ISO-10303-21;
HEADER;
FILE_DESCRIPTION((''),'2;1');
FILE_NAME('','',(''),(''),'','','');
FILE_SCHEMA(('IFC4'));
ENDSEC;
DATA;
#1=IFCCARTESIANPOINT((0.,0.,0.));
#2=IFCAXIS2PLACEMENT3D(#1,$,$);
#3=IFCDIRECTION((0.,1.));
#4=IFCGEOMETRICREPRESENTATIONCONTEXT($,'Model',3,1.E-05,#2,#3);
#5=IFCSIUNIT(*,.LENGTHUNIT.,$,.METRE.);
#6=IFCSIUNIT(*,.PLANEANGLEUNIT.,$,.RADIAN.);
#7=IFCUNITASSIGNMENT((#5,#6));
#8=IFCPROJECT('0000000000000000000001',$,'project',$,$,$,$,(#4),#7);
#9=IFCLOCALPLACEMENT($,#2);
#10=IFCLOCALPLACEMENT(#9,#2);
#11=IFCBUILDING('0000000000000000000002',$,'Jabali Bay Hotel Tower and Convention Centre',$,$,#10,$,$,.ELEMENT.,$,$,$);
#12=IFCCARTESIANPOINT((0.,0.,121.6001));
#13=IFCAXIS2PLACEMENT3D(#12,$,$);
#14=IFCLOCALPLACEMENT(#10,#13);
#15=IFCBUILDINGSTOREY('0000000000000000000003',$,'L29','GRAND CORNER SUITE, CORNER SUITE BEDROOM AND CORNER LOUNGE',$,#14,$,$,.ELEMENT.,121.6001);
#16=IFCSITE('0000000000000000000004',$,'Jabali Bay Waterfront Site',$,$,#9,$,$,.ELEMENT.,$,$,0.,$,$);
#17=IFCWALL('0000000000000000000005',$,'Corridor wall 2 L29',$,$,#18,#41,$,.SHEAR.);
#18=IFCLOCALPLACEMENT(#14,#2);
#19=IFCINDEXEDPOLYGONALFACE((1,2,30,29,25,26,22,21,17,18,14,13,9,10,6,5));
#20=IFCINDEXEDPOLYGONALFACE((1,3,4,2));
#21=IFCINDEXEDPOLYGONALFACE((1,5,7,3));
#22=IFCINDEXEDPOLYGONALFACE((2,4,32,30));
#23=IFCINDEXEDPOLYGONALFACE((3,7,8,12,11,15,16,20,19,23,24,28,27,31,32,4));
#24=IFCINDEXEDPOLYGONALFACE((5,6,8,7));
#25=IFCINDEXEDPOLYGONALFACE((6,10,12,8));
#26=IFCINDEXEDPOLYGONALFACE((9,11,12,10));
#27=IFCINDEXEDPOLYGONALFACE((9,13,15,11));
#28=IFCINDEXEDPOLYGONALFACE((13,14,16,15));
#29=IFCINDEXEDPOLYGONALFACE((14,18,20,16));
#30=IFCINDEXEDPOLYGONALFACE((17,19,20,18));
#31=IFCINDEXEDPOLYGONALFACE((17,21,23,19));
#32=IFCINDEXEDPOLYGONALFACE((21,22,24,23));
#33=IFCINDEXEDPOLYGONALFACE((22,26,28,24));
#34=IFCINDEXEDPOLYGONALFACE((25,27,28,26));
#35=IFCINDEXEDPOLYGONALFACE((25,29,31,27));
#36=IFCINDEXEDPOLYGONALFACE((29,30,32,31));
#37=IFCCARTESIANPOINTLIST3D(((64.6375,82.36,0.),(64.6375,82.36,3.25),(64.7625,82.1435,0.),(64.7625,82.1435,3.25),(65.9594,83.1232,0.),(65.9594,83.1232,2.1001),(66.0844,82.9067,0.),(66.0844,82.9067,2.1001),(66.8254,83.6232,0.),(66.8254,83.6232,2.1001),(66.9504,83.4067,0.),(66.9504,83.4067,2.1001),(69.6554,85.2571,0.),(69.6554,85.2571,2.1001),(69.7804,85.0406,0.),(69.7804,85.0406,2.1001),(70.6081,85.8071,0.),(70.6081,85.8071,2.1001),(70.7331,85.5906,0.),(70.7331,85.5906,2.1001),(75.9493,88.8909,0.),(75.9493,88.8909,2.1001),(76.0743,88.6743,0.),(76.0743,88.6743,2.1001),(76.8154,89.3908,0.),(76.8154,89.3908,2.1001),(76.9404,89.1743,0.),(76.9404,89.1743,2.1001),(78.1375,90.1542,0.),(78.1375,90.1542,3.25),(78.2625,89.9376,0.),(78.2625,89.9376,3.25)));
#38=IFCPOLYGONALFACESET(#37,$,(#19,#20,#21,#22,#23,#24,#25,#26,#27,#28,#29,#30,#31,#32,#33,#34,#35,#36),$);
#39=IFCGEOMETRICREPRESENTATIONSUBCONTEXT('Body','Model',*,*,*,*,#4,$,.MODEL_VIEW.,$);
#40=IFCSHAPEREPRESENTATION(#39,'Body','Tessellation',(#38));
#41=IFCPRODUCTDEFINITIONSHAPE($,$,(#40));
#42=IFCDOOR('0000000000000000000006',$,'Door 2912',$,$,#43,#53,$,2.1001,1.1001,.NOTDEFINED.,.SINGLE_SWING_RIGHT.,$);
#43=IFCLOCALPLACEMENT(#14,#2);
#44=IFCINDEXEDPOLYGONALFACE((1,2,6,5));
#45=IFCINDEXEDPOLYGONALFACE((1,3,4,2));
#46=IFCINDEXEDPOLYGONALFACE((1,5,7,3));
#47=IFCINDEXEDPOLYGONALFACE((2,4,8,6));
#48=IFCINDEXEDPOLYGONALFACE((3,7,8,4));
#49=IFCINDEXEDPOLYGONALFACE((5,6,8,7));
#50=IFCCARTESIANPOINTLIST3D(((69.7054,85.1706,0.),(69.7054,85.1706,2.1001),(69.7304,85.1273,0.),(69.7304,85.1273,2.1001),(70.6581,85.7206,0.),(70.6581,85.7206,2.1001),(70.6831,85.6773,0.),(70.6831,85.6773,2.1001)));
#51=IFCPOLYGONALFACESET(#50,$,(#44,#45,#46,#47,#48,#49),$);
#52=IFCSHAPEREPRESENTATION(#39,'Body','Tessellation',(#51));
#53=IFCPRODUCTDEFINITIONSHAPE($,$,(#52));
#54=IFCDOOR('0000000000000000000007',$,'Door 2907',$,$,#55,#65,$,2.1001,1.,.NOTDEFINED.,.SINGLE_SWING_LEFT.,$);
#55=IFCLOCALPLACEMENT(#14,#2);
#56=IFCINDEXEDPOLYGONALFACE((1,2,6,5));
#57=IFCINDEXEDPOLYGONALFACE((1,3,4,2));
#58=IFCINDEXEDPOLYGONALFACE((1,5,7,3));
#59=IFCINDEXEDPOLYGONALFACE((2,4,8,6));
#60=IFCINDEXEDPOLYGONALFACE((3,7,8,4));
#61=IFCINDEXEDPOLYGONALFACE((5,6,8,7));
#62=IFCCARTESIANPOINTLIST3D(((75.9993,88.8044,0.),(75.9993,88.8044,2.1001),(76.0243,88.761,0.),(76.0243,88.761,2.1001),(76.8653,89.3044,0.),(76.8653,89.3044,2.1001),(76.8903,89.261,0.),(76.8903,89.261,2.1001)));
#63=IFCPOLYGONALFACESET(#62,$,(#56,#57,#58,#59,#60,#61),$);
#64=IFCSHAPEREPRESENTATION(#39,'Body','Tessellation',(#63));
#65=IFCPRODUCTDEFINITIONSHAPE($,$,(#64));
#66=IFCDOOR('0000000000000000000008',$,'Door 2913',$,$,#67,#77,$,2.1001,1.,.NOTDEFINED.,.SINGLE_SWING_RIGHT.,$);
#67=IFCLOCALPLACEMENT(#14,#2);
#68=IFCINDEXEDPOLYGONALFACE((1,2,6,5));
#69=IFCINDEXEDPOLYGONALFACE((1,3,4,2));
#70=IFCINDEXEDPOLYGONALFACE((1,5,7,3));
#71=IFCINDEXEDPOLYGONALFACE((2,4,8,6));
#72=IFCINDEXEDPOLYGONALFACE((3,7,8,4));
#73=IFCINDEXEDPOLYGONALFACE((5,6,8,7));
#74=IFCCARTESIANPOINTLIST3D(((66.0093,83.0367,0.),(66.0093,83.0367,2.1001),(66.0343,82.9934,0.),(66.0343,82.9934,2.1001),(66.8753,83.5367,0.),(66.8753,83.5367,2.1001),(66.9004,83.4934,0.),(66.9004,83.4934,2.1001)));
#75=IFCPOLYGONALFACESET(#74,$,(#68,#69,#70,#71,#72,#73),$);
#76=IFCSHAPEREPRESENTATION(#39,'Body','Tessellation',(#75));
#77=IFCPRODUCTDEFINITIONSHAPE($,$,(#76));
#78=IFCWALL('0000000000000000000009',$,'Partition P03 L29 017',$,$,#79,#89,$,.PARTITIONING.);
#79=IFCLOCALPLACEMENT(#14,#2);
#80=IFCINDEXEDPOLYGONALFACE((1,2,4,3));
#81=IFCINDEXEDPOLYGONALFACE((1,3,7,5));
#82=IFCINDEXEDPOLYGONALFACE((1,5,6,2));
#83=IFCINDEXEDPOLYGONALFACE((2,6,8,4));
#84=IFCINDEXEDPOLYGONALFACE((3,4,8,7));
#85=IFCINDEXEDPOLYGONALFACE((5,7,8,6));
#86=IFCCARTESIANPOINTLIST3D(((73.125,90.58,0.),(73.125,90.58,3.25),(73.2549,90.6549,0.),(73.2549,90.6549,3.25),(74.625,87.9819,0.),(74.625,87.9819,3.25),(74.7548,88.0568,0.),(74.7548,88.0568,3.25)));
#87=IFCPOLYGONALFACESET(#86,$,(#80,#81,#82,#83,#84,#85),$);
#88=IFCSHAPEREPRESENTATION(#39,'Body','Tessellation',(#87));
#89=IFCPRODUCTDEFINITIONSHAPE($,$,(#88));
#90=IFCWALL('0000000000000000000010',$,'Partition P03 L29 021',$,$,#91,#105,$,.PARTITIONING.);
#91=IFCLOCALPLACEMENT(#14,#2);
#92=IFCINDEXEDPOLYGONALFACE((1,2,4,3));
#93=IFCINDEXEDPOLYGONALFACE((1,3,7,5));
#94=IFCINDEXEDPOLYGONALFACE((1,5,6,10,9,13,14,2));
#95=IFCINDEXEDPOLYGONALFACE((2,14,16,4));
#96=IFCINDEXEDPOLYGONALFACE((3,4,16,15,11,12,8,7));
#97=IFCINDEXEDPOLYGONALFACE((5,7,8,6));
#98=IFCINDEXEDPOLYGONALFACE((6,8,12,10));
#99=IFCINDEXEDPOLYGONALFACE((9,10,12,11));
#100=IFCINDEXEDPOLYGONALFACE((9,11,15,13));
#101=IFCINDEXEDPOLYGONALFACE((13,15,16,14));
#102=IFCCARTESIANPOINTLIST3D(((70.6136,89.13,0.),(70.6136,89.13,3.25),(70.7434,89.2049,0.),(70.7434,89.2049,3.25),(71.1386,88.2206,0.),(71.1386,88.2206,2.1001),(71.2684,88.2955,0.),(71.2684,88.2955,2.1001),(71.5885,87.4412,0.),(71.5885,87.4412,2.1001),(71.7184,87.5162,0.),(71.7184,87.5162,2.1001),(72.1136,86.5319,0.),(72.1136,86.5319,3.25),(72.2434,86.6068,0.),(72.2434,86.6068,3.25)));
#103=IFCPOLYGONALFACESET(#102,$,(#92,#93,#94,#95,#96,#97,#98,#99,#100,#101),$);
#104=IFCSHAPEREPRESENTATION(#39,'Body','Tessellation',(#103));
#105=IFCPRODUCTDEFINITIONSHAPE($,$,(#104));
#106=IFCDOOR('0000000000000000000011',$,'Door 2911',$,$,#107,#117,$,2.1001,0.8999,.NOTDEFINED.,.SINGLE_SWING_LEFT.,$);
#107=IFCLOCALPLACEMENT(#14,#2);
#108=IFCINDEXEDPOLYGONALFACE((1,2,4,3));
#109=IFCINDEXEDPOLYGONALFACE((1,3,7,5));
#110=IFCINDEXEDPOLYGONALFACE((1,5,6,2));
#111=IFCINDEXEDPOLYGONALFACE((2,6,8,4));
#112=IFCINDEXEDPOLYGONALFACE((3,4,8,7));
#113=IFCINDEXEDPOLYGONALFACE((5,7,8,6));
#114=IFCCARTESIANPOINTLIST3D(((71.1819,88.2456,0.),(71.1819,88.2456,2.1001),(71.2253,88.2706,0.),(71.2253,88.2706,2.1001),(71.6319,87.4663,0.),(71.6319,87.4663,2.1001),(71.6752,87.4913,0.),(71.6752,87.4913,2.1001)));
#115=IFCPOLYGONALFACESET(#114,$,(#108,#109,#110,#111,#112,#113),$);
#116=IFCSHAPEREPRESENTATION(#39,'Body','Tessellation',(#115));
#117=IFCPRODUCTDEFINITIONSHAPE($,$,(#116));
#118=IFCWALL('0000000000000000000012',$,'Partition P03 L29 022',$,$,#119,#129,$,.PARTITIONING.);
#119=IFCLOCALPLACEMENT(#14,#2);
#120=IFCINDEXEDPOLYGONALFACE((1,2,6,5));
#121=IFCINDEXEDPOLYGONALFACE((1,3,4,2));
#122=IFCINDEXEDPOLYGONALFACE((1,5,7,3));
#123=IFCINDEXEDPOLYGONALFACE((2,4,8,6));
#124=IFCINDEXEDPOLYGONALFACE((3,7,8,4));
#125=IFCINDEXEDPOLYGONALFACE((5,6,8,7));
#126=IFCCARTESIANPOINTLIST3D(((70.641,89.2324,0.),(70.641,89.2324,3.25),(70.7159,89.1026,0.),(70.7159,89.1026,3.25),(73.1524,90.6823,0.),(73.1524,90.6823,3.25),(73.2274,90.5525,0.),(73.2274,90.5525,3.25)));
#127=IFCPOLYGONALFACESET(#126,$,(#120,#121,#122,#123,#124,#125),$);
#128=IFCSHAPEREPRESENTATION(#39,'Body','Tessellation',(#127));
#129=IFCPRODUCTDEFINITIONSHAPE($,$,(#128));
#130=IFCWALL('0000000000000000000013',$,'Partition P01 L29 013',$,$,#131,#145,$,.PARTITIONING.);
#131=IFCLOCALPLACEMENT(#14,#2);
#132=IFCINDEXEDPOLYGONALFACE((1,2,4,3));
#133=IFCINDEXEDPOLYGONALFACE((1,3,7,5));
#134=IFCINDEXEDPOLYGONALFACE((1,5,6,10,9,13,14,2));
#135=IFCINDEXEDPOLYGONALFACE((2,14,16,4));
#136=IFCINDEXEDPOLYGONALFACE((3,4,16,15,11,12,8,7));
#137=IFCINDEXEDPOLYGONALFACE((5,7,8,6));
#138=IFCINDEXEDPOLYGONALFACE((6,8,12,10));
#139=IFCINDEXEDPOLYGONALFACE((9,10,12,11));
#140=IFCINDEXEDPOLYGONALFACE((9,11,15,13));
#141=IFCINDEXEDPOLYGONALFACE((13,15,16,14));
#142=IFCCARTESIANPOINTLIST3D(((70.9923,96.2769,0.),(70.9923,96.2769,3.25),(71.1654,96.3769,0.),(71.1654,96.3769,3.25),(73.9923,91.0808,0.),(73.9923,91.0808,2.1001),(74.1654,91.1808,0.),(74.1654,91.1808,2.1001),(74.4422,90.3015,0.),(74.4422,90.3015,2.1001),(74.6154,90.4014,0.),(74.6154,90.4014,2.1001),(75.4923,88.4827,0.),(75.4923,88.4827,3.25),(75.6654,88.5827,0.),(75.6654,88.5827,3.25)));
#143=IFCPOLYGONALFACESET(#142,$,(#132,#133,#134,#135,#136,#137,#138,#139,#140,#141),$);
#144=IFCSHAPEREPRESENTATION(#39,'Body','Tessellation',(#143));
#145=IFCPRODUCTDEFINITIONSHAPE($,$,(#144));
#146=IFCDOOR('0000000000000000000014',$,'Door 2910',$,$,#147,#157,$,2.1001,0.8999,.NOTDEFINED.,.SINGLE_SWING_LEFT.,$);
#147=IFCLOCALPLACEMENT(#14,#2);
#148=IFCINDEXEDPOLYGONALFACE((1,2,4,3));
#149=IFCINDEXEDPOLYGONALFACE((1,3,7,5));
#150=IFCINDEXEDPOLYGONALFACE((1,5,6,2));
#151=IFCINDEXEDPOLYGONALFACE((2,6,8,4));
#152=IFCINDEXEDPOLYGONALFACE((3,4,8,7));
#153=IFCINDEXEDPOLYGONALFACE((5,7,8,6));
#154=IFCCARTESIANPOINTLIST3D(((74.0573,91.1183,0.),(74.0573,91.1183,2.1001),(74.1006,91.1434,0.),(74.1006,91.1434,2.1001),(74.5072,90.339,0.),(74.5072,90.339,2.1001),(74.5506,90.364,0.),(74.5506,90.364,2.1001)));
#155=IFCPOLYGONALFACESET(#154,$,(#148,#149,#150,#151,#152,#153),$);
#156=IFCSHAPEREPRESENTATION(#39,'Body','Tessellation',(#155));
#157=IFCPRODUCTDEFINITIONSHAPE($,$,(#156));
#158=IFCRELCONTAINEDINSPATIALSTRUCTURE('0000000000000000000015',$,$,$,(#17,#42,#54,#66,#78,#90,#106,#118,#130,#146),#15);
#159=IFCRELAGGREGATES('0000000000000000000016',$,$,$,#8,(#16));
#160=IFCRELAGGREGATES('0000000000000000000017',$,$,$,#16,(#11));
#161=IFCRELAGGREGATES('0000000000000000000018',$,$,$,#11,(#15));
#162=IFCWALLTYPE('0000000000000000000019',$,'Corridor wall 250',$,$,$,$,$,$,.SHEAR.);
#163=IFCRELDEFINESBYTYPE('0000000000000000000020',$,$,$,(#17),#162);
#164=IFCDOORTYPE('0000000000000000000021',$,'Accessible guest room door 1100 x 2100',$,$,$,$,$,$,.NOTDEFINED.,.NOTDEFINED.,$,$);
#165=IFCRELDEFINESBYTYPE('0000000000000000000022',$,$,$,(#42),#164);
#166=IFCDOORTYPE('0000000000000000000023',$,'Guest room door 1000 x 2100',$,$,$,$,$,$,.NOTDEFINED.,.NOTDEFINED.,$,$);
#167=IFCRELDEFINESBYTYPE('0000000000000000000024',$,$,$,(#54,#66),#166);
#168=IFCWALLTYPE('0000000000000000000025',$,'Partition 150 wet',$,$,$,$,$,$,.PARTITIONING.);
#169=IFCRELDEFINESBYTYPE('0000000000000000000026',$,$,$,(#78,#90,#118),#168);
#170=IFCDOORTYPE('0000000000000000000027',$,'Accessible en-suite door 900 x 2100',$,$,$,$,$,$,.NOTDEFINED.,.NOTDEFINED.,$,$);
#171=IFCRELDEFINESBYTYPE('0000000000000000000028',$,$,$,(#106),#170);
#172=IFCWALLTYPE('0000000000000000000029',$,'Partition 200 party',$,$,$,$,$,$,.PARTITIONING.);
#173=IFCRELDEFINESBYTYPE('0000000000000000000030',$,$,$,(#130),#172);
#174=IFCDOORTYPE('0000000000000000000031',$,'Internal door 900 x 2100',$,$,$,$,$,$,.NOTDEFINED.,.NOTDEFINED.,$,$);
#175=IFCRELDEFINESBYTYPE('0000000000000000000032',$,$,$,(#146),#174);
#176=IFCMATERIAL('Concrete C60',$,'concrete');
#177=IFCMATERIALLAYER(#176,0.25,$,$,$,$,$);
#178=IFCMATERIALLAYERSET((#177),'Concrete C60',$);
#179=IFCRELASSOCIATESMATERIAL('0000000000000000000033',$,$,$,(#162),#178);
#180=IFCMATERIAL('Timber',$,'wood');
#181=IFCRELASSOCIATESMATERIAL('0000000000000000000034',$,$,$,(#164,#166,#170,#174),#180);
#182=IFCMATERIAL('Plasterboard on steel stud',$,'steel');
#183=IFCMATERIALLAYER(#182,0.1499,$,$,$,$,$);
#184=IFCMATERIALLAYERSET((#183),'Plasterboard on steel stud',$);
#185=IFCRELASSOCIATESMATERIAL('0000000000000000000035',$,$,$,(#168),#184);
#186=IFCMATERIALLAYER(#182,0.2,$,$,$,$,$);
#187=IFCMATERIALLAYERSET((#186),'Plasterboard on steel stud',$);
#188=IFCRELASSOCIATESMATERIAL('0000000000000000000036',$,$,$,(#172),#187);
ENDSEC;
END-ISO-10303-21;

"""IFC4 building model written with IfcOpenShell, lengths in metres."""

from ifc_helpers import new_model, si_unit, direction, frame, frame_2d, origin, place, context, subcontext, project, spatial, rectangle, extrude, material, layer, layer_set, type_object, element, fill, save


model = new_model("IFC4")

# Units and contexts
model_context = context("Model", 3, precision=1e-05, world=origin(), true_north=direction((0.0, 1.0)))
body_context = subcontext(model_context, "Body", "Model", "MODEL_VIEW")
ifc_project = project(units=[si_unit("LENGTHUNIT", "METRE"), si_unit("PLANEANGLEUNIT", "RADIAN")], contexts=[model_context])

# Site, building, storey
site_placement = place(None, origin())
site = spatial("IfcSite", under=ifc_project, at=site_placement, Name="Jabali Bay Waterfront Site", CompositionType="ELEMENT", RefElevation=0.0)
building_placement = place(site_placement, origin())
building = spatial("IfcBuilding", under=site, at=building_placement, Name="Jabali Bay Hotel Tower and Convention Centre", CompositionType="ELEMENT")
storey_placement = place(building_placement, frame((0.0, 0.0, 121.6001)))
storey = spatial("IfcBuildingStorey", under=building, at=storey_placement, Name="L29", Description="GRAND CORNER SUITE, CORNER SUITE BEDROOM AND CORNER LOUNGE", CompositionType="ELEMENT", Elevation=121.6001)

# Shared definitions
ifc_material_1 = material(Name="Concrete C60", Category="concrete")

# Wall, openings, doors
ifc_layer_1 = layer(ifc_material_1, 0.25)
ifc_layer_set_1 = layer_set([ifc_layer_1], Name="Concrete C60")
wall_type_1 = type_object("IfcWallType", Name="Corridor wall 250", PredefinedType="SHEAR", material=ifc_layer_set_1)
wall_1_placement = place(storey_placement, frame((78.2, 90.0459, 0.0), z_axis=(0.0, 0.0, 1.0), x_axis=(-0.866026, -0.499998, 0.0)))
wall_1 = element("IfcWall", 1, at=wall_1_placement, inside=storey, type_object=wall_type_1, Name="Corridor wall 2 L29", PredefinedType="SHEAR", context=body_context, shape_type="SweptSolid", body=[
    extrude(rectangle(XDim=15.5884, YDim=0.25, at=frame_2d((7.7942, 0.0))), origin(), (0.0, 0.0, 1.0), 3.25),
])
opening_1_placement = place(wall_1_placement, frame((1.5266, 0.0, 0.0)))
opening_1 = element("IfcOpeningElement", 2, at=opening_1_placement, cuts=wall_1, PredefinedType="OPENING", context=body_context, shape_type="SweptSolid", body=[
    extrude(rectangle(XDim=1.0, YDim=2.1001, at=frame_2d((0.5, 1.05))), frame((0.0, 0.1355, 0.0), z_axis=(0.0, -1.0, 0.0), x_axis=(1.0, 0.0, 0.0)), (0.0, 0.0, 1.0), 0.271),
])
opening_2_placement = place(wall_1_placement, frame((8.6941, 0.0, 0.0)))
opening_2 = element("IfcOpeningElement", 3, at=opening_2_placement, cuts=wall_1, PredefinedType="OPENING", context=body_context, shape_type="SweptSolid", body=[
    extrude(rectangle(XDim=1.1001, YDim=2.1001, at=frame_2d((0.55, 1.05))), frame((0.0, 0.1355, 0.0), z_axis=(0.0, -1.0, 0.0), x_axis=(1.0, 0.0, 0.0)), (0.0, 0.0, 1.0), 0.271),
])
opening_3_placement = place(wall_1_placement, frame((13.062, 0.0, 0.0)))
opening_3 = element("IfcOpeningElement", 4, at=opening_3_placement, cuts=wall_1, PredefinedType="OPENING", context=body_context, shape_type="SweptSolid", body=[
    extrude(rectangle(XDim=1.0, YDim=2.1001, at=frame_2d((0.5, 1.05))), frame((0.0, 0.1355, 0.0), z_axis=(0.0, -1.0, 0.0), x_axis=(1.0, 0.0, 0.0)), (0.0, 0.0, 1.0), 0.271),
])
ifc_material_2 = material(Name="Timber", Category="wood")
door_type_1 = type_object("IfcDoorType", Name="Accessible guest room door 1100 x 2100", OperationType="NOTDEFINED", PredefinedType="NOTDEFINED", material=ifc_material_2)
door_1_placement = place(opening_2_placement, origin())
door_1 = element("IfcDoor", 5, at=door_1_placement, inside=storey, type_object=door_type_1, Name="Door 2912", OperationType="SINGLE_SWING_RIGHT", OverallHeight=2.1001, OverallWidth=1.1001, PredefinedType="NOTDEFINED", context=body_context, shape_type="SweptSolid", body=[
    extrude(rectangle(XDim=1.1001, YDim=2.1001, at=frame_2d((0.55, 1.05))), frame((0.0, 0.0249, 0.0), z_axis=(0.0, -1.0, 0.0), x_axis=(1.0, 0.0, 0.0)), (0.0, 0.0, 1.0), 0.05),
])
fill(opening_2, door_1)
door_type_2 = type_object("IfcDoorType", Name="Guest room door 1000 x 2100", OperationType="NOTDEFINED", PredefinedType="NOTDEFINED", material=ifc_material_2)
door_2_placement = place(opening_1_placement, origin())
door_2 = element("IfcDoor", 6, at=door_2_placement, inside=storey, type_object=door_type_2, Name="Door 2907", OperationType="SINGLE_SWING_LEFT", OverallHeight=2.1001, OverallWidth=1.0, PredefinedType="NOTDEFINED", context=body_context, shape_type="SweptSolid", body=[
    extrude(rectangle(XDim=1.0, YDim=2.1001, at=frame_2d((0.5, 1.05))), frame((0.0, 0.0249, 0.0), z_axis=(0.0, -1.0, 0.0), x_axis=(1.0, 0.0, 0.0)), (0.0, 0.0, 1.0), 0.05),
])
fill(opening_1, door_2)
door_3_placement = place(opening_3_placement, origin())
door_3 = element("IfcDoor", 7, at=door_3_placement, inside=storey, type_object=door_type_2, Name="Door 2913", OperationType="SINGLE_SWING_RIGHT", OverallHeight=2.1001, OverallWidth=1.0, PredefinedType="NOTDEFINED", context=body_context, shape_type="SweptSolid", body=[
    extrude(rectangle(XDim=1.0, YDim=2.1001, at=frame_2d((0.5, 1.05))), frame((0.0, 0.0249, 0.0), z_axis=(0.0, -1.0, 0.0), x_axis=(1.0, 0.0, 0.0)), (0.0, 0.0, 1.0), 0.05),
])
fill(opening_3, door_3)

# Wall
ifc_material_3 = material(Name="Plasterboard on steel stud", Category="steel")
ifc_layer_2 = layer(ifc_material_3, 0.1499)
ifc_layer_set_2 = layer_set([ifc_layer_2], Name="Plasterboard on steel stud")
wall_type_2 = type_object("IfcWallType", Name="Partition 150 wet", PredefinedType="PARTITIONING", material=ifc_layer_set_2)
wall_2_placement = place(storey_placement, frame((73.1899, 90.6174, 0.0), z_axis=(0.0, 0.0, 1.0), x_axis=(0.49999, -0.866031, 0.0)))
element("IfcWall", 8, at=wall_2_placement, inside=storey, type_object=wall_type_2, Name="Partition P03 L29 017", PredefinedType="PARTITIONING", context=body_context, shape_type="SweptSolid", body=[
    extrude(rectangle(XDim=3.0, YDim=0.1499, at=frame_2d((1.5, 0.0))), origin(), (0.0, 0.0, 1.0), 3.25),
])

# Wall, opening, door
wall_3_placement = place(storey_placement, frame((72.1785, 86.5693, 0.0), z_axis=(0.0, 0.0, 1.0), x_axis=(-0.49999, 0.866031, 0.0)))
wall_3 = element("IfcWall", 9, at=wall_3_placement, inside=storey, type_object=wall_type_2, Name="Partition P03 L29 021", PredefinedType="PARTITIONING", context=body_context, shape_type="SweptSolid", body=[
    extrude(rectangle(XDim=3.0, YDim=0.1499, at=frame_2d((1.5, 0.0))), origin(), (0.0, 0.0, 1.0), 3.25),
])
opening_4_placement = place(wall_3_placement, frame((1.05, 0.0, 0.0)))
opening_4 = element("IfcOpeningElement", 10, at=opening_4_placement, cuts=wall_3, PredefinedType="OPENING", context=body_context, shape_type="SweptSolid", body=[
    extrude(rectangle(XDim=0.8999, YDim=2.1001, at=frame_2d((0.45, 1.05))), frame((0.0, 0.0854, 0.0), z_axis=(0.0, -1.0, 0.0), x_axis=(1.0, 0.0, 0.0)), (0.0, 0.0, 1.0), 0.1709),
])
door_type_3 = type_object("IfcDoorType", Name="Accessible en-suite door 900 x 2100", OperationType="NOTDEFINED", PredefinedType="NOTDEFINED", material=ifc_material_2)
door_4_placement = place(opening_4_placement, origin())
door_4 = element("IfcDoor", 11, at=door_4_placement, inside=storey, type_object=door_type_3, Name="Door 2911", OperationType="SINGLE_SWING_LEFT", OverallHeight=2.1001, OverallWidth=0.8999, PredefinedType="NOTDEFINED", context=body_context, shape_type="SweptSolid", body=[
    extrude(rectangle(XDim=0.8999, YDim=2.1001, at=frame_2d((0.45, 1.05))), frame((0.0, 0.0249, 0.0), z_axis=(0.0, -1.0, 0.0), x_axis=(1.0, 0.0, 0.0)), (0.0, 0.0, 1.0), 0.05),
])
fill(opening_4, door_4)

# Wall
wall_4_placement = place(storey_placement, frame((70.6785, 89.1675, 0.0), z_axis=(0.0, 0.0, 1.0), x_axis=(0.866033, 0.499987, 0.0)))
element("IfcWall", 12, at=wall_4_placement, inside=storey, type_object=wall_type_2, Name="Partition P03 L29 022", PredefinedType="PARTITIONING", context=body_context, shape_type="SweptSolid", body=[
    extrude(rectangle(XDim=2.8999, YDim=0.1499, at=frame_2d((1.45, 0.0))), origin(), (0.0, 0.0, 1.0), 3.25),
])

# Wall, opening, door
ifc_layer_3 = layer(ifc_material_3, 0.2)
ifc_layer_set_3 = layer_set([ifc_layer_3], Name="Plasterboard on steel stud")
wall_type_3 = type_object("IfcWallType", Name="Partition 200 party", PredefinedType="PARTITIONING", material=ifc_layer_set_3)
wall_5_placement = place(storey_placement, frame((75.5789, 88.5327, 0.0), z_axis=(0.0, 0.0, 1.0), x_axis=(-0.500002, 0.866024, 0.0)))
wall_5 = element("IfcWall", 13, at=wall_5_placement, inside=storey, type_object=wall_type_3, Name="Partition P01 L29 013", PredefinedType="PARTITIONING", context=body_context, shape_type="SweptSolid", body=[
    extrude(rectangle(XDim=9.0, YDim=0.2, at=frame_2d((4.5, 0.0))), origin(), (0.0, 0.0, 1.0), 3.25),
])
opening_5_placement = place(wall_5_placement, frame((2.1001, 0.0, 0.0)))
opening_5 = element("IfcOpeningElement", 14, at=opening_5_placement, cuts=wall_5, PredefinedType="OPENING", context=body_context, shape_type="SweptSolid", body=[
    extrude(rectangle(XDim=0.8999, YDim=2.1001, at=frame_2d((0.45, 1.05))), frame((0.0, 0.1104, 0.0), z_axis=(0.0, -1.0, 0.0), x_axis=(1.0, 0.0, 0.0)), (0.0, 0.0, 1.0), 0.2209),
])
door_type_4 = type_object("IfcDoorType", Name="Internal door 900 x 2100", OperationType="NOTDEFINED", PredefinedType="NOTDEFINED", material=ifc_material_2)
door_5_placement = place(opening_5_placement, origin())
door_5 = element("IfcDoor", 15, at=door_5_placement, inside=storey, type_object=door_type_4, Name="Door 2910", OperationType="SINGLE_SWING_LEFT", OverallHeight=2.1001, OverallWidth=0.8999, PredefinedType="NOTDEFINED", context=body_context, shape_type="SweptSolid", body=[
    extrude(rectangle(XDim=0.8999, YDim=2.1001, at=frame_2d((0.45, 1.05))), frame((0.0, 0.0249, 0.0), z_axis=(0.0, -1.0, 0.0), x_axis=(1.0, 0.0, 0.0)), (0.0, 0.0, 1.0), 0.05),
])
fill(opening_5, door_5)

save(model, "model.ifc")
